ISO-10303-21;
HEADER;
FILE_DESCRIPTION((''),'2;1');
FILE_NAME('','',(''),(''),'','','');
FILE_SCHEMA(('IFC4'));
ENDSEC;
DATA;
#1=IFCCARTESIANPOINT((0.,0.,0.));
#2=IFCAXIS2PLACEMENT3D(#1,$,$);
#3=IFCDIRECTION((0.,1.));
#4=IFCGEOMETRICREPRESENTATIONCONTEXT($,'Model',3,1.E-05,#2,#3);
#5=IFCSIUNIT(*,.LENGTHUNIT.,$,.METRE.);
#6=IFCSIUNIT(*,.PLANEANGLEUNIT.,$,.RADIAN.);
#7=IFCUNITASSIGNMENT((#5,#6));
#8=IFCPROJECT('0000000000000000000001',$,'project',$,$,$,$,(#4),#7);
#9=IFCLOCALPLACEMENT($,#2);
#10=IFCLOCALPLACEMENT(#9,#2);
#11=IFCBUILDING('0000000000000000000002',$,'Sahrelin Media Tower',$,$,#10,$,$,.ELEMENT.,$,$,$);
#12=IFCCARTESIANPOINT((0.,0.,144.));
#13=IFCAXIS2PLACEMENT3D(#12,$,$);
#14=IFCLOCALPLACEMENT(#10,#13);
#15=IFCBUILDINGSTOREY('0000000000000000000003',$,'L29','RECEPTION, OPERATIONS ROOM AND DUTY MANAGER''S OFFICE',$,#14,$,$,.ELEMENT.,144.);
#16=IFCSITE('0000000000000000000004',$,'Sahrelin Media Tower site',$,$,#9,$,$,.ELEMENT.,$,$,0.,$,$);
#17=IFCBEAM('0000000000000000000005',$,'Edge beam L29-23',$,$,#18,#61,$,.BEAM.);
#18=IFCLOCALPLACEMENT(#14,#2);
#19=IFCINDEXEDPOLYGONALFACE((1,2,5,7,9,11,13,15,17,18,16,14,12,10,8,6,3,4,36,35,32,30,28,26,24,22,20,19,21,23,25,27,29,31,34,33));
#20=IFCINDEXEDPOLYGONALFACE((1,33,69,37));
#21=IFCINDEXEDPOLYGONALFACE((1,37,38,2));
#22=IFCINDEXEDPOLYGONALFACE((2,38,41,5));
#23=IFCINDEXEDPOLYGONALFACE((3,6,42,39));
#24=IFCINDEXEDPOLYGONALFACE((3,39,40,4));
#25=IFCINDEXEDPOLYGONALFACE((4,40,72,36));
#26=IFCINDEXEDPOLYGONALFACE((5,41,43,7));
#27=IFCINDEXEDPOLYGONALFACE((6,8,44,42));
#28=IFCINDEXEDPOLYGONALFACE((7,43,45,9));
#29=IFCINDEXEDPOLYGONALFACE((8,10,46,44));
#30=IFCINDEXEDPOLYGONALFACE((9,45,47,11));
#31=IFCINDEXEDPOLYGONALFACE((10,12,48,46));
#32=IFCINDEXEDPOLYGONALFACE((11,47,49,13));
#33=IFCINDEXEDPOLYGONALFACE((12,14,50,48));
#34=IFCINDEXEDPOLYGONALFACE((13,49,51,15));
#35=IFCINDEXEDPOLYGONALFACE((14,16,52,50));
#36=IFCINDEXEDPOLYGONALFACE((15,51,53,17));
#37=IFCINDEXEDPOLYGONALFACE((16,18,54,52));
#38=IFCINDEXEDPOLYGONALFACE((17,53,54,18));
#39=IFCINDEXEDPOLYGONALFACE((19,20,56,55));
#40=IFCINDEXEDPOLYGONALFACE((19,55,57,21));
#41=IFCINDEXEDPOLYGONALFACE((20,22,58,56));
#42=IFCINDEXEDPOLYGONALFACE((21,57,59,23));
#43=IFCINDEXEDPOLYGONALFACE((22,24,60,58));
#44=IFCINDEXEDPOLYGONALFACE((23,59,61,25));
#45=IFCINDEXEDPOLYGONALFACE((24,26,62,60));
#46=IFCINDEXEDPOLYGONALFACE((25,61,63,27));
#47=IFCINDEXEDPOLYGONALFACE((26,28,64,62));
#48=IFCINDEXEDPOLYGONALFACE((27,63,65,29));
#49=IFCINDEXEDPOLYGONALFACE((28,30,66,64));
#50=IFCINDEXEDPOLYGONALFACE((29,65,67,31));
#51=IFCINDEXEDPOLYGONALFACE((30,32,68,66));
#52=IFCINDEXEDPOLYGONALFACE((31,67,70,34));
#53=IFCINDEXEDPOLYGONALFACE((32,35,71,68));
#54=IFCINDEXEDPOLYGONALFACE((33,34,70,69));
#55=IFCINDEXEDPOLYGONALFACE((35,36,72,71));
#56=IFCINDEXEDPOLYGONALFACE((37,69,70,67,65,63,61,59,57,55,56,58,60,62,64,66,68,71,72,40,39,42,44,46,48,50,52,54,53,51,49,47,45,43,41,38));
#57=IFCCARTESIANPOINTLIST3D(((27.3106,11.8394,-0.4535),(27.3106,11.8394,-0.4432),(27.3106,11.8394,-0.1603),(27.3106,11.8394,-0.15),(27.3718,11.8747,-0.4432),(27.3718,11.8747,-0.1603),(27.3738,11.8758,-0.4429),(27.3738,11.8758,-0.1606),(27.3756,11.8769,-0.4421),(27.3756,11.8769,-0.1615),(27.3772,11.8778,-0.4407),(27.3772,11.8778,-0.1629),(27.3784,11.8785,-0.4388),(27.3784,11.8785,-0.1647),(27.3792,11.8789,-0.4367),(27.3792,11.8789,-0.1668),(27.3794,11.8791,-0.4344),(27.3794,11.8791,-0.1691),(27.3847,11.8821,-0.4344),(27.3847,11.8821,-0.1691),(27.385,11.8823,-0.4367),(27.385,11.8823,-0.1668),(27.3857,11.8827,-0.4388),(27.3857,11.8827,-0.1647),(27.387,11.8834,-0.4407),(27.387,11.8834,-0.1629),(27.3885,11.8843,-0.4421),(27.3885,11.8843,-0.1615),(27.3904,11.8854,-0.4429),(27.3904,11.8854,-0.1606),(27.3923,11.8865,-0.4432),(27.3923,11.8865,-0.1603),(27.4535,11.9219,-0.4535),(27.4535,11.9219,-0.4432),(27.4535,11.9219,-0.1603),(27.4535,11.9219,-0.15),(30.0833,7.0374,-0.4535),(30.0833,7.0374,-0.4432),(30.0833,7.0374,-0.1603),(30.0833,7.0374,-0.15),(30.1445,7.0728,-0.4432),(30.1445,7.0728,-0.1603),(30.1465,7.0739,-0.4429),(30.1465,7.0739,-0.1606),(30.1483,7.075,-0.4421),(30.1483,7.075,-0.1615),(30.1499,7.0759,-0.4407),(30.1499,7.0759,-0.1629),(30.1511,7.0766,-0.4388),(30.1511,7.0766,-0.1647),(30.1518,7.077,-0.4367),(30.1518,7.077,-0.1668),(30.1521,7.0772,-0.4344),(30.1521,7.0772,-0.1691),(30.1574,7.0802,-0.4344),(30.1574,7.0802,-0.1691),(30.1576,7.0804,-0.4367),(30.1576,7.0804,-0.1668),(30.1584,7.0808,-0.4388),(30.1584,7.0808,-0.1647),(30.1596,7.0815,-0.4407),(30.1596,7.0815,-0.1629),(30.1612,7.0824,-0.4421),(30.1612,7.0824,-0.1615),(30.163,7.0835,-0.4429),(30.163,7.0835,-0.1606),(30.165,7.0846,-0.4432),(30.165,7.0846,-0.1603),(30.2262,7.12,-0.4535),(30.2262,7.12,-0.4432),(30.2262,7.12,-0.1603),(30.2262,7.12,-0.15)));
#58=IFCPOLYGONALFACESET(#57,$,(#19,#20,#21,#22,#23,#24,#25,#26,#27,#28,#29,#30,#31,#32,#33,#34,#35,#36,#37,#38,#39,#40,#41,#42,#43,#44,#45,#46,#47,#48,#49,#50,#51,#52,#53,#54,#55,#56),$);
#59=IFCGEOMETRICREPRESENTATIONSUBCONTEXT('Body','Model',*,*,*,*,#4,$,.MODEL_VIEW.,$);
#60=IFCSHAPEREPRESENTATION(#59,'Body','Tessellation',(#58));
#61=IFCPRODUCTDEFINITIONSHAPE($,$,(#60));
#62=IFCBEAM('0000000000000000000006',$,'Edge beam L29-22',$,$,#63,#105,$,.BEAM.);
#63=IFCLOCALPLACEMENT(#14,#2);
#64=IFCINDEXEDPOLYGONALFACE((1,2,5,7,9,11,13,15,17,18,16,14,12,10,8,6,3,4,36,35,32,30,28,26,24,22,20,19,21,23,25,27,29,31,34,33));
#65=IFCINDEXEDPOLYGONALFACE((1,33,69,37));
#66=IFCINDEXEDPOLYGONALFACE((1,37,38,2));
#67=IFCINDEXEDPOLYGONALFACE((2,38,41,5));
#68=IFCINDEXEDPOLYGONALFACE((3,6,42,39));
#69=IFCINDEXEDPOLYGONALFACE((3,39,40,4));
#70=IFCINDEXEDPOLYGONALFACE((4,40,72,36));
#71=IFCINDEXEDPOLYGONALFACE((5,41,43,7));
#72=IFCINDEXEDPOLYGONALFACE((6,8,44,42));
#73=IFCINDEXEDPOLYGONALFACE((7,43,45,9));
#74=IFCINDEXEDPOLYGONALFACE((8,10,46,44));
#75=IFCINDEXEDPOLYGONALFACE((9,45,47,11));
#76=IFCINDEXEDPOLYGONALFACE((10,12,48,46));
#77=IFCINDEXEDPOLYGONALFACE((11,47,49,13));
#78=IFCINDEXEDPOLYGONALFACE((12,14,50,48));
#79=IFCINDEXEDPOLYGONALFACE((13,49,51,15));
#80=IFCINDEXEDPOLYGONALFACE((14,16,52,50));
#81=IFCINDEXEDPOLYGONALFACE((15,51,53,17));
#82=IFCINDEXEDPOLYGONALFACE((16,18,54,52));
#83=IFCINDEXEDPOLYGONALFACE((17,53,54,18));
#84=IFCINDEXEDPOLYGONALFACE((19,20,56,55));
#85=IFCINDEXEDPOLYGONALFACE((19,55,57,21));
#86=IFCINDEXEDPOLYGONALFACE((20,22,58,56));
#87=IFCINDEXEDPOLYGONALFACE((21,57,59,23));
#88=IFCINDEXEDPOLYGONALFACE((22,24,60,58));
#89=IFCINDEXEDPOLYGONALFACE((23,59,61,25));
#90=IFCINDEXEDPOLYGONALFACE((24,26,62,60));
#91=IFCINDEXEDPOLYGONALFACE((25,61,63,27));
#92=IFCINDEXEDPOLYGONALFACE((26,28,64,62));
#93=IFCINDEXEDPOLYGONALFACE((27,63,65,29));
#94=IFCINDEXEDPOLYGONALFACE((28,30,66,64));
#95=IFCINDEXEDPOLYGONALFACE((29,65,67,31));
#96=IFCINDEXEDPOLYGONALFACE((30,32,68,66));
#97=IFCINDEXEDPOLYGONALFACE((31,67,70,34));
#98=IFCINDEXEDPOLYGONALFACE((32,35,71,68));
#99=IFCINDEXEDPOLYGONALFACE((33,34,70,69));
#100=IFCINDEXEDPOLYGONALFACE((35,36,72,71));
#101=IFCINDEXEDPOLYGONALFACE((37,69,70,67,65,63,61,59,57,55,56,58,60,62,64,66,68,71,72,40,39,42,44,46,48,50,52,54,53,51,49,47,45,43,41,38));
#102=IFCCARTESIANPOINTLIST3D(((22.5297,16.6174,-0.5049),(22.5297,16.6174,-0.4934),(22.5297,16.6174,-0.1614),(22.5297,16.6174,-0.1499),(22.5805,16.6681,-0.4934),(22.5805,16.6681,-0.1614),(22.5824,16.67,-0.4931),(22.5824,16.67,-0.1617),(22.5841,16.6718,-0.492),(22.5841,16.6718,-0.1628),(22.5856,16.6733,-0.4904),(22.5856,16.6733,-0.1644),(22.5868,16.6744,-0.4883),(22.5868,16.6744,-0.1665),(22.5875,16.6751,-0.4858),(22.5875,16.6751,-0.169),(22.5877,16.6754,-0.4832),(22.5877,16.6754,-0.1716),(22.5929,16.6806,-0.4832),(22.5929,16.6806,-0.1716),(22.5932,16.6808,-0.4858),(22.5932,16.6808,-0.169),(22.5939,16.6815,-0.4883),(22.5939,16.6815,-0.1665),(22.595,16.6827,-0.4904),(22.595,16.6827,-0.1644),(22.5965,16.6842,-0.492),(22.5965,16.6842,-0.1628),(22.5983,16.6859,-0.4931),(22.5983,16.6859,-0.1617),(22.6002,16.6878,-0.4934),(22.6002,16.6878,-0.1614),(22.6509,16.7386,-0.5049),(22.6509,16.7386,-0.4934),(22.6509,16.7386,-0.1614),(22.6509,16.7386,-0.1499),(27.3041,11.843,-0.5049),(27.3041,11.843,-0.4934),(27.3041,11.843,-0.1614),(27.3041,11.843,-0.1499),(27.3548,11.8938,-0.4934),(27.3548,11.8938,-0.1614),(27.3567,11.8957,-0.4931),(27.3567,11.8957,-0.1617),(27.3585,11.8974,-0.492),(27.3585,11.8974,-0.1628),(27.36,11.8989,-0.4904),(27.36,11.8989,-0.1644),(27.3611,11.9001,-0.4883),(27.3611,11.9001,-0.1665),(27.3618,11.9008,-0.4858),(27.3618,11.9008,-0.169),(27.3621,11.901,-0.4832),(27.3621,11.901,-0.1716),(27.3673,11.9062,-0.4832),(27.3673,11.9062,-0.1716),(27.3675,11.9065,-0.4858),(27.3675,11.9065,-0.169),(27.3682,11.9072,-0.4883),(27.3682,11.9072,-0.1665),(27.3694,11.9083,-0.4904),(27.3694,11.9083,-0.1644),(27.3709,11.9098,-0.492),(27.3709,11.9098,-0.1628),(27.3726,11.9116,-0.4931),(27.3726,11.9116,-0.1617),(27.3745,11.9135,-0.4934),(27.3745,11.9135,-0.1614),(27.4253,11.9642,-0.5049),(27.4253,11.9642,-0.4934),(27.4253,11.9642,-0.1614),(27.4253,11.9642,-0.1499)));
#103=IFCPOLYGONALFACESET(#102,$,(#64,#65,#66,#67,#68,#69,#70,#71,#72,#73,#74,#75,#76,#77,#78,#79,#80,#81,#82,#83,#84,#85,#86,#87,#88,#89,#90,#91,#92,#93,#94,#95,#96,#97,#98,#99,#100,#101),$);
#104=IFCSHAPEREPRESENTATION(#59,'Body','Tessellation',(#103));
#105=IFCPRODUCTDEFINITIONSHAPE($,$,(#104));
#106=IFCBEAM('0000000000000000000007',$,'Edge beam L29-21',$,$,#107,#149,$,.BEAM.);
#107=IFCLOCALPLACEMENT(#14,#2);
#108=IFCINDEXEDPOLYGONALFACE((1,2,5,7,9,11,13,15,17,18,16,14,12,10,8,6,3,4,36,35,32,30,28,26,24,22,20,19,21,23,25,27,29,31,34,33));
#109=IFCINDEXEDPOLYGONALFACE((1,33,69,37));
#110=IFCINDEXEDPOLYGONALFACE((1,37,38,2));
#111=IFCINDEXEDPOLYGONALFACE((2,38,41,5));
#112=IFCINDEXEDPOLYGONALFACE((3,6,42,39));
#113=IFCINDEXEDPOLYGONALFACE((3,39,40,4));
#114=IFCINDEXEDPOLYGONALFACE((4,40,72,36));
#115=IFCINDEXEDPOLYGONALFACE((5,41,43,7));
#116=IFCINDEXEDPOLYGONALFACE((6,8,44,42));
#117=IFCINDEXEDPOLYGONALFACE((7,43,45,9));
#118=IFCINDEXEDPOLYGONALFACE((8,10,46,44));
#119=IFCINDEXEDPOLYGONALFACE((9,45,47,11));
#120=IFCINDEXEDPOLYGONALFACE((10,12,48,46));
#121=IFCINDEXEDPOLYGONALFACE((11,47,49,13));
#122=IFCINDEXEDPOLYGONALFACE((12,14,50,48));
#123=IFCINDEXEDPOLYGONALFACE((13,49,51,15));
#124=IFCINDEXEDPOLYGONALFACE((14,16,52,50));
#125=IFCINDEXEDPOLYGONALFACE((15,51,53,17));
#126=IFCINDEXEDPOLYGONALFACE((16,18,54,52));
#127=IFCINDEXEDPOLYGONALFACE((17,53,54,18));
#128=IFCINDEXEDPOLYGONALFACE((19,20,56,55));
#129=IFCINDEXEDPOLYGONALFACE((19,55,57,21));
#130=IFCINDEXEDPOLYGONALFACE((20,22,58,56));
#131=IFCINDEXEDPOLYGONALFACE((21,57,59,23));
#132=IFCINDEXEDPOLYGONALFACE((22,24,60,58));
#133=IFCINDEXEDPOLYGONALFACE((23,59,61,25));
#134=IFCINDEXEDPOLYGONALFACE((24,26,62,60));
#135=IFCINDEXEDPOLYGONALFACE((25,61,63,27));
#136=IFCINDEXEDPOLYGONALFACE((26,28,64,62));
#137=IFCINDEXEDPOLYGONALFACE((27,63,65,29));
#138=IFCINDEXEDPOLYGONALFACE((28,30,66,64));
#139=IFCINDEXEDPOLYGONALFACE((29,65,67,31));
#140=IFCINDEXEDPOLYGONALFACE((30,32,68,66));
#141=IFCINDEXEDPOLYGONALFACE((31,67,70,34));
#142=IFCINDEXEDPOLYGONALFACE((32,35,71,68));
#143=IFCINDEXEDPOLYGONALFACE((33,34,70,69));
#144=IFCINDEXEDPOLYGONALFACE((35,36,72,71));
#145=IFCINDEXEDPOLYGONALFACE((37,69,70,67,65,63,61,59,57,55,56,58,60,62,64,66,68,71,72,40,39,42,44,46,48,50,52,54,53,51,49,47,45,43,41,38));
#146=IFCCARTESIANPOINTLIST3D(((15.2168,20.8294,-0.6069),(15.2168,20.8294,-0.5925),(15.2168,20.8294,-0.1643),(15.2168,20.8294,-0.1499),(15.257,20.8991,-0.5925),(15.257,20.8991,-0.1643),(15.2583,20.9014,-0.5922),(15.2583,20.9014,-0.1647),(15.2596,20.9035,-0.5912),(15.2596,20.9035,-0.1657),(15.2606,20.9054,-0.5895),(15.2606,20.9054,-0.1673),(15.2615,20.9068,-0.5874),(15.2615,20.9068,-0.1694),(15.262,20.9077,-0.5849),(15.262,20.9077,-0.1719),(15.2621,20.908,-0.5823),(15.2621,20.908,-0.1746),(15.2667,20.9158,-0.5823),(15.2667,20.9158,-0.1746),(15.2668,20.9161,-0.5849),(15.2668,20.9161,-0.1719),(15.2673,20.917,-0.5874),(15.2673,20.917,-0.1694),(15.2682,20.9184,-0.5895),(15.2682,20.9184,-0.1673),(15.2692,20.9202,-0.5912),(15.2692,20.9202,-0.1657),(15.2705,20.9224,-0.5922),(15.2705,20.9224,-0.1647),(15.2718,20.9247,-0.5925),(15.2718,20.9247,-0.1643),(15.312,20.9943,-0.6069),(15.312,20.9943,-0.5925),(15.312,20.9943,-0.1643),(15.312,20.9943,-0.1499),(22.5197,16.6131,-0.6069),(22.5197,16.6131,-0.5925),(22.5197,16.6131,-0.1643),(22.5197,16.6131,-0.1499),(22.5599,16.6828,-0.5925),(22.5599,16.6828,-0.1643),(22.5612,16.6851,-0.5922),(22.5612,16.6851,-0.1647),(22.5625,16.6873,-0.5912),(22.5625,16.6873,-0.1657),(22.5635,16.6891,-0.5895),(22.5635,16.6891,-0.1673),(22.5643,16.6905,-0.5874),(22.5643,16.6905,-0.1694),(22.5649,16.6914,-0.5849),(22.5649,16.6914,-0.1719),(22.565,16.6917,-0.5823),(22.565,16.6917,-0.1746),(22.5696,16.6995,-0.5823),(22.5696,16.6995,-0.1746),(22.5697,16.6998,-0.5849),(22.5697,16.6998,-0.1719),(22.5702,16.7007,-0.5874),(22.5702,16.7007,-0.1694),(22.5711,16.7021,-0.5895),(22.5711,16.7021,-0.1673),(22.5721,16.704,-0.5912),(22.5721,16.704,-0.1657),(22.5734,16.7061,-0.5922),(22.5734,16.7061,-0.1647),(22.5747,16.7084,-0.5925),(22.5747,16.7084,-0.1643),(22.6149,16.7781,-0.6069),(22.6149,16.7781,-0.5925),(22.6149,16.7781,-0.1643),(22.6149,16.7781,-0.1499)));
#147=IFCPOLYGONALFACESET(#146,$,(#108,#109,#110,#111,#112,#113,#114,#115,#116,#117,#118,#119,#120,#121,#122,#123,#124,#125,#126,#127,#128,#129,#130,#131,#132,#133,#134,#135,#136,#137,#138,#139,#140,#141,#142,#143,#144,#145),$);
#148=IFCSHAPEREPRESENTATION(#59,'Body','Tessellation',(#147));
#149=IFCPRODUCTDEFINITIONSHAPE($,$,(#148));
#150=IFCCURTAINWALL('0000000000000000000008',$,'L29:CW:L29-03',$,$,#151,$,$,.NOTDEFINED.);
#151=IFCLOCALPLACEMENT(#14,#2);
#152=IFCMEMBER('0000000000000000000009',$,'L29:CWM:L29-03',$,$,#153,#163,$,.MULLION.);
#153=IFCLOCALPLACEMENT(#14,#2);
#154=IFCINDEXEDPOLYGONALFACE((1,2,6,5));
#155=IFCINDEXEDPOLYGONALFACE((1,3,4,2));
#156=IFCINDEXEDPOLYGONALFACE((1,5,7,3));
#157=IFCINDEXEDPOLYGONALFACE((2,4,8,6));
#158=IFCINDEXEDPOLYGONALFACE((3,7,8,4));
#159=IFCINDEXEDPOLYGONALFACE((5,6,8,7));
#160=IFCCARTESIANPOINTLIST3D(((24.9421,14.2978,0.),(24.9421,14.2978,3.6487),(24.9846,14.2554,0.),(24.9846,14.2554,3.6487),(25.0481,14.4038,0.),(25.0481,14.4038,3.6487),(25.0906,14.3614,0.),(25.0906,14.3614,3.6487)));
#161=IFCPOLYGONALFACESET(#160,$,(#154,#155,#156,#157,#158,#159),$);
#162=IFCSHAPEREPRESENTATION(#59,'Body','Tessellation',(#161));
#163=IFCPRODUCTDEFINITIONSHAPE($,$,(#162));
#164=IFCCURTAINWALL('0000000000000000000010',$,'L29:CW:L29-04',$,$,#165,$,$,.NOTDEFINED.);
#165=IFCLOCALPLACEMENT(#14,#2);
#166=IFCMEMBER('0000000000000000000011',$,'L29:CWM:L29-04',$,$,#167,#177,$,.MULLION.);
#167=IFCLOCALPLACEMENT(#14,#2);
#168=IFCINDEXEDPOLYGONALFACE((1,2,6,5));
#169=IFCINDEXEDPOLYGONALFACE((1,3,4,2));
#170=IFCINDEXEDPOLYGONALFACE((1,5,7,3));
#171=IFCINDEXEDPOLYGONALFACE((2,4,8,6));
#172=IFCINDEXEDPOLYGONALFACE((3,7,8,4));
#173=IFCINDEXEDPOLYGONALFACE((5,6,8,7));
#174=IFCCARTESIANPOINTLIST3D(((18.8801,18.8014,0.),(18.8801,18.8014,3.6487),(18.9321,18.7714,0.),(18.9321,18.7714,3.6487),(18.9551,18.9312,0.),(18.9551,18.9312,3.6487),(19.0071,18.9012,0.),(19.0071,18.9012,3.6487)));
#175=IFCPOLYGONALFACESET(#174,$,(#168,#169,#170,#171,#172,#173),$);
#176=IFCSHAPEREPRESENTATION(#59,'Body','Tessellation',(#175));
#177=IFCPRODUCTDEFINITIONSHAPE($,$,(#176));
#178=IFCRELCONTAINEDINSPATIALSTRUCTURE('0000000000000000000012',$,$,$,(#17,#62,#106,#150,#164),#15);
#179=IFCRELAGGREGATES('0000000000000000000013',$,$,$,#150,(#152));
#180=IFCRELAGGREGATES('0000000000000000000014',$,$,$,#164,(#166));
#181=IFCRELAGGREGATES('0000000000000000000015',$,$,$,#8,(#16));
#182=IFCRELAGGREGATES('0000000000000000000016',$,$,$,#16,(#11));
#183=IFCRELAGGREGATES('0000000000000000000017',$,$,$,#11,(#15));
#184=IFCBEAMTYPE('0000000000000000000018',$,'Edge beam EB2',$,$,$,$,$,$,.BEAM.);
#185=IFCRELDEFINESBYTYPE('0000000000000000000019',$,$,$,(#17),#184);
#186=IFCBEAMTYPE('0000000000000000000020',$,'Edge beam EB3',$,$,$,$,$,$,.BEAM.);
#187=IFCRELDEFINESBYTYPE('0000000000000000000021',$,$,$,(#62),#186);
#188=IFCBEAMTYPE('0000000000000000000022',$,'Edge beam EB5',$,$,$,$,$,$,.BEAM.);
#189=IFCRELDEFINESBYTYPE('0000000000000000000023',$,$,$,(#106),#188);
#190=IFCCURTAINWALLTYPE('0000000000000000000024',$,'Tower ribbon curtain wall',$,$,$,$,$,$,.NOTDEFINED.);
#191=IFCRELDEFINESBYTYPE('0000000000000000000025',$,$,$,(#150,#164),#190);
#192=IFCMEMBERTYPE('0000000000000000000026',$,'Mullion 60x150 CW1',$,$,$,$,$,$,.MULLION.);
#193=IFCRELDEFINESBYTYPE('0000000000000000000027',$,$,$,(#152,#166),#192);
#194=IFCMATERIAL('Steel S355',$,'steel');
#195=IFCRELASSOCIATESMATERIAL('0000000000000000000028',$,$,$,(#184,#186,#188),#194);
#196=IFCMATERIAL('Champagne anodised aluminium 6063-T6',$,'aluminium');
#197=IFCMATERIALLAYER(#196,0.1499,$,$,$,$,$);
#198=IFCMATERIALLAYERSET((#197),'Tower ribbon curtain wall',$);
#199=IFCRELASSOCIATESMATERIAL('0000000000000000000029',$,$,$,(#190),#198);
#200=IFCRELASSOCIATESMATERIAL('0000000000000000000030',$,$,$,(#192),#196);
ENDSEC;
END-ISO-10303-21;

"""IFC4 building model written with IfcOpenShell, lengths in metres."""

from ifc_helpers import new_model, si_unit, direction, frame, origin, origin_2d, place, context, subcontext, project, spatial, rectangle, i_section, extrude, material, layer, layer_set, material_profile, profile_set, type_object, element, aggregate, save


model = new_model("IFC4")

# Units and contexts
model_context = context("Model", 3, precision=1e-05, world=origin(), true_north=direction((0.0, 1.0)))
body_context = subcontext(model_context, "Body", "Model", "MODEL_VIEW")
ifc_project = project(units=[si_unit("LENGTHUNIT", "METRE"), si_unit("PLANEANGLEUNIT", "RADIAN")], contexts=[model_context])

# Site, building, storey
site_placement = place(None, origin())
site = spatial("IfcSite", under=ifc_project, at=site_placement, Name="Sahrelin Media Tower site", CompositionType="ELEMENT", RefElevation=0.0)
building_placement = place(site_placement, origin())
building = spatial("IfcBuilding", under=site, at=building_placement, Name="Sahrelin Media Tower", CompositionType="ELEMENT")
storey_placement = place(building_placement, frame((0.0, 0.0, 144.0)))
storey = spatial("IfcBuildingStorey", under=building, at=storey_placement, Name="L29", Description="RECEPTION, OPERATIONS ROOM AND DUTY MANAGER'S OFFICE", CompositionType="ELEMENT", Elevation=144.0)

# Beams
ifc_material_1 = material(Name="Steel S355", Category="steel")
ifc_material_profile_1 = material_profile(ifc_material_1, i_section(OverallWidth=0.165, OverallDepth=0.3035, WebThickness=0.0061, FlangeThickness=0.0103, FilletRadius=0.0088, at=origin_2d()), Name="UB 305x165x40")
ifc_profile_set_1 = profile_set([ifc_material_profile_1], Name="Steel S355")
beam_type_1 = type_object("IfcBeamType", Name="Edge beam EB2", PredefinedType="BEAM", material=ifc_profile_set_1)
beam_1_placement = place(storey_placement, frame((27.3821, 11.8806, -0.3018), z_axis=(0.500036, -0.866004, 0.0), x_axis=(0.866004, 0.500036, 0.0)))
element("IfcBeam", 1, at=beam_1_placement, inside=storey, type_object=beam_type_1, Name="Edge beam L29-23", PredefinedType="BEAM", context=body_context, shape_type="SweptSolid", body=[
    extrude(i_section(OverallWidth=0.165, OverallDepth=0.3035, WebThickness=0.0061, FlangeThickness=0.0103, FilletRadius=0.0088, at=origin_2d()), origin(), (0.0, 0.0, 1.0), 5.5449),
])
ifc_material_profile_2 = material_profile(ifc_material_1, i_section(OverallWidth=0.1714, OverallDepth=0.355, WebThickness=0.0073, FlangeThickness=0.0115, FilletRadius=0.0103, at=origin_2d()), Name="UB 356x171x51")
ifc_profile_set_2 = profile_set([ifc_material_profile_2], Name="Steel S355")
beam_type_2 = type_object("IfcBeamType", Name="Edge beam EB3", PredefinedType="BEAM", material=ifc_profile_set_2)
beam_2_placement = place(storey_placement, frame((22.5903, 16.678, -0.3274), z_axis=(0.707107, -0.707107, 0.0), x_axis=(0.707107, 0.707107, 0.0)))
element("IfcBeam", 2, at=beam_2_placement, inside=storey, type_object=beam_type_2, Name="Edge beam L29-22", PredefinedType="BEAM", context=body_context, shape_type="SweptSolid", body=[
    extrude(i_section(OverallWidth=0.1714, OverallDepth=0.355, WebThickness=0.0073, FlangeThickness=0.0115, FilletRadius=0.0103, at=origin_2d()), origin(), (0.0, 0.0, 1.0), 6.752),
])
ifc_material_profile_3 = material_profile(ifc_material_1, i_section(OverallWidth=0.1904, OverallDepth=0.457, WebThickness=0.009, FlangeThickness=0.0144, FilletRadius=0.0103, at=origin_2d()), Name="UB 457x191x74")
ifc_profile_set_3 = profile_set([ifc_material_profile_3], Name="Steel S355")
beam_type_3 = type_object("IfcBeamType", Name="Edge beam EB5", PredefinedType="BEAM", material=ifc_profile_set_3)
beam_3_placement = place(storey_placement, frame((15.2644, 20.9119, -0.3784), z_axis=(0.866029, -0.499994, 0.0), x_axis=(0.499994, 0.866029, 0.0)))
element("IfcBeam", 3, at=beam_3_placement, inside=storey, type_object=beam_type_3, Name="Edge beam L29-21", PredefinedType="BEAM", context=body_context, shape_type="SweptSolid", body=[
    extrude(i_section(OverallWidth=0.1904, OverallDepth=0.457, WebThickness=0.009, FlangeThickness=0.0144, FilletRadius=0.0103, at=origin_2d()), origin(), (0.0, 0.0, 1.0), 8.4326),
])

# Curtain walls, members
ifc_material_2 = material(Name="Champagne anodised aluminium 6063-T6", Category="aluminium")
ifc_layer_1 = layer(ifc_material_2, 0.1499)
ifc_layer_set_1 = layer_set([ifc_layer_1], Name="Tower ribbon curtain wall")
curtain_wall_type = type_object("IfcCurtainWallType", Name="Tower ribbon curtain wall", PredefinedType="NOTDEFINED", material=ifc_layer_set_1)
curtain_wall_1_placement = place(storey_placement, frame((25.0835, 14.397, 0.0), z_axis=(0.0, 0.0, 1.0), x_axis=(1.0, 0.0, 0.0)))
curtain_wall_1 = element("IfcCurtainWall", 4, at=curtain_wall_1_placement, inside=storey, type_object=curtain_wall_type, Name="L29:CW:L29-03", PredefinedType="NOTDEFINED")
ifc_material_profile_4 = material_profile(ifc_material_2, rectangle(XDim=0.0601, YDim=0.1499, at=origin_2d()), Name="Mullion 60x150")
ifc_profile_set_4 = profile_set([ifc_material_profile_4], Name="Champagne anodised aluminium 6063-T6")
member_type_1 = type_object("IfcMemberType", Name="Mullion 60x150 CW1", PredefinedType="MULLION", material=ifc_profile_set_4)
member_1_placement = place(storey_placement, frame((25.0164, 14.3296, 0.0), z_axis=(0.0, 0.0, 1.0), x_axis=(-0.707107, 0.707107, 0.0)))
member_1 = element("IfcMember", 5, at=member_1_placement, type_object=member_type_1, Name="L29:CWM:L29-03", PredefinedType="MULLION", context=body_context, shape_type="SweptSolid", body=[
    extrude(rectangle(XDim=0.0601, YDim=0.1499, at=origin_2d()), origin(), (0.0, 0.0, 1.0), 3.6487),
])
curtain_wall_2_placement = place(storey_placement, frame((18.991, 18.9336, 0.0), z_axis=(0.0, 0.0, 1.0), x_axis=(1.0, 0.0, 0.0)))
curtain_wall_2 = element("IfcCurtainWall", 6, at=curtain_wall_2_placement, inside=storey, type_object=curtain_wall_type, Name="L29:CW:L29-04", PredefinedType="NOTDEFINED")
member_2_placement = place(storey_placement, frame((18.9436, 18.8513, 0.0), z_axis=(0.0, 0.0, 1.0), x_axis=(-0.866027, 0.499997, 0.0)))
member_2 = element("IfcMember", 7, at=member_2_placement, type_object=member_type_1, Name="L29:CWM:L29-04", PredefinedType="MULLION", context=body_context, shape_type="SweptSolid", body=[
    extrude(rectangle(XDim=0.0601, YDim=0.1499, at=origin_2d()), origin(), (0.0, 0.0, 1.0), 3.6487),
])

aggregate(curtain_wall_1, [member_1])
aggregate(curtain_wall_2, [member_2])

save(model, "model.ifc")
